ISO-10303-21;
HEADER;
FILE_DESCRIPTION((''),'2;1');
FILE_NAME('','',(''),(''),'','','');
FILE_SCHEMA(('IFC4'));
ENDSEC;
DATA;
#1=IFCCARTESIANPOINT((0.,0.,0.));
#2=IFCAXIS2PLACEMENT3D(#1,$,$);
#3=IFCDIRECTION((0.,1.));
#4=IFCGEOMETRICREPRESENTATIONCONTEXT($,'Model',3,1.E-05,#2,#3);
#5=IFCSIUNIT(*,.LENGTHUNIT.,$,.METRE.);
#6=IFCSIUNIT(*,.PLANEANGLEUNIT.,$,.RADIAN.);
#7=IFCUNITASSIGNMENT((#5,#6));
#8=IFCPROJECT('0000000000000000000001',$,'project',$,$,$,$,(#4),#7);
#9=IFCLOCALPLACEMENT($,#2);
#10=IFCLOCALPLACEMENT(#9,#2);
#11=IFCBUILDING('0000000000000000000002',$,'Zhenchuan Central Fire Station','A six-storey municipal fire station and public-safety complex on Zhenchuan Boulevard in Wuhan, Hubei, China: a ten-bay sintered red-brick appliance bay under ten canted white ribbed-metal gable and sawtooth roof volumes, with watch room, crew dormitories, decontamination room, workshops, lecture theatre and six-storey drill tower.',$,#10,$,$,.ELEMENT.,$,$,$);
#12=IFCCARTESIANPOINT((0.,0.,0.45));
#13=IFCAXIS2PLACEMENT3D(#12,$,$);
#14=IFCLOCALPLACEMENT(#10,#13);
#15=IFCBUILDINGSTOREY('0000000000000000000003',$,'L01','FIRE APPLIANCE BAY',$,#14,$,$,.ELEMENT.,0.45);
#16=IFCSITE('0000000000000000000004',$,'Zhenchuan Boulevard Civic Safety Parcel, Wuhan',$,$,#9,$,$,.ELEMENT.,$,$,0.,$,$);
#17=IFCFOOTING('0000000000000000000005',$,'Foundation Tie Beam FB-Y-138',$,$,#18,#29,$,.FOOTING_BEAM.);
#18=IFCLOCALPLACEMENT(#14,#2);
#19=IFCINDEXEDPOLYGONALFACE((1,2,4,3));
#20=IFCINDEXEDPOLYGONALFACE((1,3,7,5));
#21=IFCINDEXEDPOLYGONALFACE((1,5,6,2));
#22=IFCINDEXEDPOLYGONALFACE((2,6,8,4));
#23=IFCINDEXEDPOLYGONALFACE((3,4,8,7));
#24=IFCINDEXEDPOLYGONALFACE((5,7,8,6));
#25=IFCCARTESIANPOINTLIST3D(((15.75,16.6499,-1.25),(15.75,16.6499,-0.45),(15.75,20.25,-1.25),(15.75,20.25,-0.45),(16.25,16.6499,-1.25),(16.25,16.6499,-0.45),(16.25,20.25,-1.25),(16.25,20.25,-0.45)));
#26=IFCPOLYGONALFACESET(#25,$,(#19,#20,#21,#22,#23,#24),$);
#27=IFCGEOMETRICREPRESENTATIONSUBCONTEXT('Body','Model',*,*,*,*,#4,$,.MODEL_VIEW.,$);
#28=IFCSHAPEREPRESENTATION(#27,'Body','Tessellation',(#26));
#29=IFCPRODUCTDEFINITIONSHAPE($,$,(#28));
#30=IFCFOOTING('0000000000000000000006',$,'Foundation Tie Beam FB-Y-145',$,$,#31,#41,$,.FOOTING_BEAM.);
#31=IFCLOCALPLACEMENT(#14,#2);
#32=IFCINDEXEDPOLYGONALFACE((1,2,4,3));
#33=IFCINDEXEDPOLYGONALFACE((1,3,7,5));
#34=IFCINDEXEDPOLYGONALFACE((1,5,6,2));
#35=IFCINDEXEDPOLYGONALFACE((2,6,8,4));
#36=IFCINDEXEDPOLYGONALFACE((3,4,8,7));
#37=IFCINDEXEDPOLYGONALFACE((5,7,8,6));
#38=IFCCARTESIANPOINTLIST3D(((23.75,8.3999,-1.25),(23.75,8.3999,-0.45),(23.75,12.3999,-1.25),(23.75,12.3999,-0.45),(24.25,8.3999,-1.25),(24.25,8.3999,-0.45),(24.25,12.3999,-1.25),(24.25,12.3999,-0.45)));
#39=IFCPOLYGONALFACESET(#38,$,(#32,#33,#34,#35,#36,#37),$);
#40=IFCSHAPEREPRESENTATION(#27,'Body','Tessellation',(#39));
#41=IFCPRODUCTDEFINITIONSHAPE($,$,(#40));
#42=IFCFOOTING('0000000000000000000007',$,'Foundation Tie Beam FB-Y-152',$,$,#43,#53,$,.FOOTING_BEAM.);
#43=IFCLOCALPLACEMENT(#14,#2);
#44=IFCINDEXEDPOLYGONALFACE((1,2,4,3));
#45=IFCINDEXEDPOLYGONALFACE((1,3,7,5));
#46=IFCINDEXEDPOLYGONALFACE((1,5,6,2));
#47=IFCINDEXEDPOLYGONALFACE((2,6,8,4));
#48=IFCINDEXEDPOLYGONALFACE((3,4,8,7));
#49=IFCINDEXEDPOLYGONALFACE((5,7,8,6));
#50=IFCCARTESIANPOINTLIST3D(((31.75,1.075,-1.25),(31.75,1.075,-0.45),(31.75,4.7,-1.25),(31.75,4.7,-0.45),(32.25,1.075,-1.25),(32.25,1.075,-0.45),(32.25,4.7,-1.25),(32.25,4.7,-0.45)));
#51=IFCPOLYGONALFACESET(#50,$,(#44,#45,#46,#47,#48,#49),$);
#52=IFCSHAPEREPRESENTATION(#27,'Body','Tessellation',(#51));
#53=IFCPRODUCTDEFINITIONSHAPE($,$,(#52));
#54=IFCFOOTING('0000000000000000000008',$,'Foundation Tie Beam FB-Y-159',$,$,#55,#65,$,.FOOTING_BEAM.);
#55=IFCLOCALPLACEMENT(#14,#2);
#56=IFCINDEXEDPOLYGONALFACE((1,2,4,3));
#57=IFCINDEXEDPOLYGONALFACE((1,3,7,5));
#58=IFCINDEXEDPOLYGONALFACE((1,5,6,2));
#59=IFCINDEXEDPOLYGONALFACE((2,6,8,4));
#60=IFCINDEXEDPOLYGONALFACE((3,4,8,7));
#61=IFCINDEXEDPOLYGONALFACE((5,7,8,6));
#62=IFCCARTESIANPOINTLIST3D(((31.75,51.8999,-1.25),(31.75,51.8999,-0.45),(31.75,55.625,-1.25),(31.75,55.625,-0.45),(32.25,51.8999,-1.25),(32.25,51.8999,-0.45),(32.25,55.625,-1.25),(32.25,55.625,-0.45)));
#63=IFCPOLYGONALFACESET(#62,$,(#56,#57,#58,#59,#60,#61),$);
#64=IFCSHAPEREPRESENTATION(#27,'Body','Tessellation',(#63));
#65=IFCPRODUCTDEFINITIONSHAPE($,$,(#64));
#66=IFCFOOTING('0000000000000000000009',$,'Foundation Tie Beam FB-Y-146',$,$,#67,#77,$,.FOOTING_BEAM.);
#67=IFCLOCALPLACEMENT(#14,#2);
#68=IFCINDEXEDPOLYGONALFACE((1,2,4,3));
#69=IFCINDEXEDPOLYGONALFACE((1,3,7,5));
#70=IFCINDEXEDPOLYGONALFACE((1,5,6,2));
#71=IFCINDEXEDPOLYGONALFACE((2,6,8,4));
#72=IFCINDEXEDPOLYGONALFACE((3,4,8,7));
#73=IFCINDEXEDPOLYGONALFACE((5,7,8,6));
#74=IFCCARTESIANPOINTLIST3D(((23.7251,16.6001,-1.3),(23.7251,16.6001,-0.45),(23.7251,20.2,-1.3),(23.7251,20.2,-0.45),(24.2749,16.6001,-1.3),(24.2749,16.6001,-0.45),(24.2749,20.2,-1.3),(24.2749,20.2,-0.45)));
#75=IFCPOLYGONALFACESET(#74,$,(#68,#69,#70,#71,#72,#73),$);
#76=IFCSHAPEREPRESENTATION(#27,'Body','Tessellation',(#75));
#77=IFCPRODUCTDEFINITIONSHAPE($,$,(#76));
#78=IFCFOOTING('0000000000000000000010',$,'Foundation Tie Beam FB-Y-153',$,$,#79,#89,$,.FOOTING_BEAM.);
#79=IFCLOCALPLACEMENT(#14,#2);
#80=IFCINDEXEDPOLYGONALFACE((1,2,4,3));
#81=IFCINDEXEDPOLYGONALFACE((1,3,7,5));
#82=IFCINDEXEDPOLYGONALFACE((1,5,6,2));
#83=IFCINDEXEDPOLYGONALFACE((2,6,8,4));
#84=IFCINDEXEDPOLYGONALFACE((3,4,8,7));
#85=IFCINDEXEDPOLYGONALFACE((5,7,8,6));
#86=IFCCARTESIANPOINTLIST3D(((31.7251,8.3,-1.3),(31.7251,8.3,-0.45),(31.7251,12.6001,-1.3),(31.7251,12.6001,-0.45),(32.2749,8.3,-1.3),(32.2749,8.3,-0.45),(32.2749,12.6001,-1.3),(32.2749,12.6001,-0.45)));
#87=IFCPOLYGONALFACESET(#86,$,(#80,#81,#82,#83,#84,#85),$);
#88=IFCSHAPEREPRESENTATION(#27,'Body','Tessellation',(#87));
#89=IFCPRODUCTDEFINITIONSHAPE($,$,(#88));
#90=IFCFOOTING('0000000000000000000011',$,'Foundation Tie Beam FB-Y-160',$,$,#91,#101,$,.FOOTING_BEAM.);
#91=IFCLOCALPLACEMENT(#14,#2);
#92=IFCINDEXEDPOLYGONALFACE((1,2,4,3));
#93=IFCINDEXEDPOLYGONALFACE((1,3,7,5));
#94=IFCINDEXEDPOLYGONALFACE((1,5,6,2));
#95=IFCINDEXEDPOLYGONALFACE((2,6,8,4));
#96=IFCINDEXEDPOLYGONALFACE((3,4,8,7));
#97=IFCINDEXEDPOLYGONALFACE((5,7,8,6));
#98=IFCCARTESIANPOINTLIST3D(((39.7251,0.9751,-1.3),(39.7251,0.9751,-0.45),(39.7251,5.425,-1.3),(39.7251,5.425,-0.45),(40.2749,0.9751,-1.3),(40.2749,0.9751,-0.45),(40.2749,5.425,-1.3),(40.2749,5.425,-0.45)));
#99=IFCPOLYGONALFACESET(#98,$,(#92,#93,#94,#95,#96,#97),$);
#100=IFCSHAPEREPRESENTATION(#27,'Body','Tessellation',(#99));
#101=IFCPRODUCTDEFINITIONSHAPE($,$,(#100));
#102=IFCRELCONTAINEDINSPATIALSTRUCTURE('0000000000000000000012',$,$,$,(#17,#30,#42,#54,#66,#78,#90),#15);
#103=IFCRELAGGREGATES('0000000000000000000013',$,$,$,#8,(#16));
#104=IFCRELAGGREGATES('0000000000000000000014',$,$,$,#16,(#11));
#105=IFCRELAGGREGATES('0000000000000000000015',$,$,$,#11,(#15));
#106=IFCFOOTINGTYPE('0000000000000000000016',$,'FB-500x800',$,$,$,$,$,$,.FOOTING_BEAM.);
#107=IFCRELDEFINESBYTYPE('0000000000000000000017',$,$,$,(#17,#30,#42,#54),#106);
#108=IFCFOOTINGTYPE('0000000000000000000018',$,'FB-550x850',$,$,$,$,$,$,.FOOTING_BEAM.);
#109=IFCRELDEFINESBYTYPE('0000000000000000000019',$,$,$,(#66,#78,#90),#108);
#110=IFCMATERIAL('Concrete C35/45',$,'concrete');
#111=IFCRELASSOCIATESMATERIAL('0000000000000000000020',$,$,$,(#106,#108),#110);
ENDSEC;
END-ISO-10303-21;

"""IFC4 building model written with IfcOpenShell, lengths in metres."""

from ifc_helpers import new_model, si_unit, direction, frame, origin, place, context, subcontext, project, spatial, polyline, outline, extrude, material, type_object, element, save


model = new_model("IFC4")

# Units and contexts
model_context = context("Model", 3, precision=1e-05, world=origin(), true_north=direction((0.0, 1.0)))
body_context = subcontext(model_context, "Body", "Model", "MODEL_VIEW")
ifc_project = project(units=[si_unit("LENGTHUNIT", "METRE"), si_unit("PLANEANGLEUNIT", "RADIAN")], contexts=[model_context])

# Site, building, storey
site_placement = place(None, origin())
site = spatial("IfcSite", under=ifc_project, at=site_placement, Name="Zhenchuan Boulevard Civic Safety Parcel, Wuhan", CompositionType="ELEMENT", RefElevation=0.0)
building_placement = place(site_placement, origin())
building = spatial("IfcBuilding", under=site, at=building_placement, Name="Zhenchuan Central Fire Station", Description="A six-storey municipal fire station and public-safety complex on Zhenchuan Boulevard in Wuhan, Hubei, China: a ten-bay sintered red-brick appliance bay under ten canted white ribbed-metal gable and sawtooth roof volumes, with watch room, crew dormitories, decontamination room, workshops, lecture theatre and six-storey drill tower.", CompositionType="ELEMENT")
storey_placement = place(building_placement, frame((0.0, 0.0, 0.45)))
storey = spatial("IfcBuildingStorey", under=building, at=storey_placement, Name="L01", Description="FIRE APPLIANCE BAY", CompositionType="ELEMENT", Elevation=0.45)

# Footings
ifc_material = material(Name="Concrete C35/45", Category="concrete")
footing_type_1 = type_object("IfcFootingType", Name="FB-500x800", PredefinedType="FOOTING_BEAM", material=ifc_material)
footing_1_placement = place(storey_placement, frame((0.0, 0.0, -1.25)))
element("IfcFooting", 1, at=footing_1_placement, inside=storey, type_object=footing_type_1, Name="Foundation Tie Beam FB-Y-138", PredefinedType="FOOTING_BEAM", context=body_context, shape_type="SweptSolid", body=[
    extrude(outline(polyline([(15.75, 16.6499), (16.25, 16.6499), (16.25, 20.25), (15.75, 20.25), (15.75, 16.6499)])), origin(), (0.0, 0.0, 1.0), 0.8),
])
footing_2_placement = place(storey_placement, frame((0.0, 0.0, -1.25)))
element("IfcFooting", 2, at=footing_2_placement, inside=storey, type_object=footing_type_1, Name="Foundation Tie Beam FB-Y-145", PredefinedType="FOOTING_BEAM", context=body_context, shape_type="SweptSolid", body=[
    extrude(outline(polyline([(23.75, 8.3999), (24.25, 8.3999), (24.25, 12.3999), (23.75, 12.3999), (23.75, 8.3999)])), origin(), (0.0, 0.0, 1.0), 0.8),
])
footing_3_placement = place(storey_placement, frame((0.0, 0.0, -1.25)))
element("IfcFooting", 3, at=footing_3_placement, inside=storey, type_object=footing_type_1, Name="Foundation Tie Beam FB-Y-152", PredefinedType="FOOTING_BEAM", context=body_context, shape_type="SweptSolid", body=[
    extrude(outline(polyline([(31.75, 1.075), (32.25, 1.075), (32.25, 4.7), (31.75, 4.7), (31.75, 1.075)])), origin(), (0.0, 0.0, 1.0), 0.8),
])
footing_4_placement = place(storey_placement, frame((0.0, 0.0, -1.25)))
element("IfcFooting", 4, at=footing_4_placement, inside=storey, type_object=footing_type_1, Name="Foundation Tie Beam FB-Y-159", PredefinedType="FOOTING_BEAM", context=body_context, shape_type="SweptSolid", body=[
    extrude(outline(polyline([(31.75, 51.8999), (32.25, 51.8999), (32.25, 55.625), (31.75, 55.625), (31.75, 51.8999)])), origin(), (0.0, 0.0, 1.0), 0.8),
])
footing_type_2 = type_object("IfcFootingType", Name="FB-550x850", PredefinedType="FOOTING_BEAM", material=ifc_material)
footing_5_placement = place(storey_placement, frame((0.0, 0.0, -1.3)))
element("IfcFooting", 5, at=footing_5_placement, inside=storey, type_object=footing_type_2, Name="Foundation Tie Beam FB-Y-146", PredefinedType="FOOTING_BEAM", context=body_context, shape_type="SweptSolid", body=[
    extrude(outline(polyline([(23.7251, 16.6001), (24.2749, 16.6001), (24.2749, 20.2), (23.7251, 20.2), (23.7251, 16.6001)])), origin(), (0.0, 0.0, 1.0), 0.8501),
])
footing_6_placement = place(storey_placement, frame((0.0, 0.0, -1.3)))
element("IfcFooting", 6, at=footing_6_placement, inside=storey, type_object=footing_type_2, Name="Foundation Tie Beam FB-Y-153", PredefinedType="FOOTING_BEAM", context=body_context, shape_type="SweptSolid", body=[
    extrude(outline(polyline([(31.7251, 8.3), (32.2749, 8.3), (32.2749, 12.6001), (31.7251, 12.6001), (31.7251, 8.3)])), origin(), (0.0, 0.0, 1.0), 0.8501),
])
footing_7_placement = place(storey_placement, frame((0.0, 0.0, -1.3)))
element("IfcFooting", 7, at=footing_7_placement, inside=storey, type_object=footing_type_2, Name="Foundation Tie Beam FB-Y-160", PredefinedType="FOOTING_BEAM", context=body_context, shape_type="SweptSolid", body=[
    extrude(outline(polyline([(39.7251, 0.9751), (40.2749, 0.9751), (40.2749, 5.425), (39.7251, 5.425), (39.7251, 0.9751)])), origin(), (0.0, 0.0, 1.0), 0.8501),
])

save(model, "model.ifc")
